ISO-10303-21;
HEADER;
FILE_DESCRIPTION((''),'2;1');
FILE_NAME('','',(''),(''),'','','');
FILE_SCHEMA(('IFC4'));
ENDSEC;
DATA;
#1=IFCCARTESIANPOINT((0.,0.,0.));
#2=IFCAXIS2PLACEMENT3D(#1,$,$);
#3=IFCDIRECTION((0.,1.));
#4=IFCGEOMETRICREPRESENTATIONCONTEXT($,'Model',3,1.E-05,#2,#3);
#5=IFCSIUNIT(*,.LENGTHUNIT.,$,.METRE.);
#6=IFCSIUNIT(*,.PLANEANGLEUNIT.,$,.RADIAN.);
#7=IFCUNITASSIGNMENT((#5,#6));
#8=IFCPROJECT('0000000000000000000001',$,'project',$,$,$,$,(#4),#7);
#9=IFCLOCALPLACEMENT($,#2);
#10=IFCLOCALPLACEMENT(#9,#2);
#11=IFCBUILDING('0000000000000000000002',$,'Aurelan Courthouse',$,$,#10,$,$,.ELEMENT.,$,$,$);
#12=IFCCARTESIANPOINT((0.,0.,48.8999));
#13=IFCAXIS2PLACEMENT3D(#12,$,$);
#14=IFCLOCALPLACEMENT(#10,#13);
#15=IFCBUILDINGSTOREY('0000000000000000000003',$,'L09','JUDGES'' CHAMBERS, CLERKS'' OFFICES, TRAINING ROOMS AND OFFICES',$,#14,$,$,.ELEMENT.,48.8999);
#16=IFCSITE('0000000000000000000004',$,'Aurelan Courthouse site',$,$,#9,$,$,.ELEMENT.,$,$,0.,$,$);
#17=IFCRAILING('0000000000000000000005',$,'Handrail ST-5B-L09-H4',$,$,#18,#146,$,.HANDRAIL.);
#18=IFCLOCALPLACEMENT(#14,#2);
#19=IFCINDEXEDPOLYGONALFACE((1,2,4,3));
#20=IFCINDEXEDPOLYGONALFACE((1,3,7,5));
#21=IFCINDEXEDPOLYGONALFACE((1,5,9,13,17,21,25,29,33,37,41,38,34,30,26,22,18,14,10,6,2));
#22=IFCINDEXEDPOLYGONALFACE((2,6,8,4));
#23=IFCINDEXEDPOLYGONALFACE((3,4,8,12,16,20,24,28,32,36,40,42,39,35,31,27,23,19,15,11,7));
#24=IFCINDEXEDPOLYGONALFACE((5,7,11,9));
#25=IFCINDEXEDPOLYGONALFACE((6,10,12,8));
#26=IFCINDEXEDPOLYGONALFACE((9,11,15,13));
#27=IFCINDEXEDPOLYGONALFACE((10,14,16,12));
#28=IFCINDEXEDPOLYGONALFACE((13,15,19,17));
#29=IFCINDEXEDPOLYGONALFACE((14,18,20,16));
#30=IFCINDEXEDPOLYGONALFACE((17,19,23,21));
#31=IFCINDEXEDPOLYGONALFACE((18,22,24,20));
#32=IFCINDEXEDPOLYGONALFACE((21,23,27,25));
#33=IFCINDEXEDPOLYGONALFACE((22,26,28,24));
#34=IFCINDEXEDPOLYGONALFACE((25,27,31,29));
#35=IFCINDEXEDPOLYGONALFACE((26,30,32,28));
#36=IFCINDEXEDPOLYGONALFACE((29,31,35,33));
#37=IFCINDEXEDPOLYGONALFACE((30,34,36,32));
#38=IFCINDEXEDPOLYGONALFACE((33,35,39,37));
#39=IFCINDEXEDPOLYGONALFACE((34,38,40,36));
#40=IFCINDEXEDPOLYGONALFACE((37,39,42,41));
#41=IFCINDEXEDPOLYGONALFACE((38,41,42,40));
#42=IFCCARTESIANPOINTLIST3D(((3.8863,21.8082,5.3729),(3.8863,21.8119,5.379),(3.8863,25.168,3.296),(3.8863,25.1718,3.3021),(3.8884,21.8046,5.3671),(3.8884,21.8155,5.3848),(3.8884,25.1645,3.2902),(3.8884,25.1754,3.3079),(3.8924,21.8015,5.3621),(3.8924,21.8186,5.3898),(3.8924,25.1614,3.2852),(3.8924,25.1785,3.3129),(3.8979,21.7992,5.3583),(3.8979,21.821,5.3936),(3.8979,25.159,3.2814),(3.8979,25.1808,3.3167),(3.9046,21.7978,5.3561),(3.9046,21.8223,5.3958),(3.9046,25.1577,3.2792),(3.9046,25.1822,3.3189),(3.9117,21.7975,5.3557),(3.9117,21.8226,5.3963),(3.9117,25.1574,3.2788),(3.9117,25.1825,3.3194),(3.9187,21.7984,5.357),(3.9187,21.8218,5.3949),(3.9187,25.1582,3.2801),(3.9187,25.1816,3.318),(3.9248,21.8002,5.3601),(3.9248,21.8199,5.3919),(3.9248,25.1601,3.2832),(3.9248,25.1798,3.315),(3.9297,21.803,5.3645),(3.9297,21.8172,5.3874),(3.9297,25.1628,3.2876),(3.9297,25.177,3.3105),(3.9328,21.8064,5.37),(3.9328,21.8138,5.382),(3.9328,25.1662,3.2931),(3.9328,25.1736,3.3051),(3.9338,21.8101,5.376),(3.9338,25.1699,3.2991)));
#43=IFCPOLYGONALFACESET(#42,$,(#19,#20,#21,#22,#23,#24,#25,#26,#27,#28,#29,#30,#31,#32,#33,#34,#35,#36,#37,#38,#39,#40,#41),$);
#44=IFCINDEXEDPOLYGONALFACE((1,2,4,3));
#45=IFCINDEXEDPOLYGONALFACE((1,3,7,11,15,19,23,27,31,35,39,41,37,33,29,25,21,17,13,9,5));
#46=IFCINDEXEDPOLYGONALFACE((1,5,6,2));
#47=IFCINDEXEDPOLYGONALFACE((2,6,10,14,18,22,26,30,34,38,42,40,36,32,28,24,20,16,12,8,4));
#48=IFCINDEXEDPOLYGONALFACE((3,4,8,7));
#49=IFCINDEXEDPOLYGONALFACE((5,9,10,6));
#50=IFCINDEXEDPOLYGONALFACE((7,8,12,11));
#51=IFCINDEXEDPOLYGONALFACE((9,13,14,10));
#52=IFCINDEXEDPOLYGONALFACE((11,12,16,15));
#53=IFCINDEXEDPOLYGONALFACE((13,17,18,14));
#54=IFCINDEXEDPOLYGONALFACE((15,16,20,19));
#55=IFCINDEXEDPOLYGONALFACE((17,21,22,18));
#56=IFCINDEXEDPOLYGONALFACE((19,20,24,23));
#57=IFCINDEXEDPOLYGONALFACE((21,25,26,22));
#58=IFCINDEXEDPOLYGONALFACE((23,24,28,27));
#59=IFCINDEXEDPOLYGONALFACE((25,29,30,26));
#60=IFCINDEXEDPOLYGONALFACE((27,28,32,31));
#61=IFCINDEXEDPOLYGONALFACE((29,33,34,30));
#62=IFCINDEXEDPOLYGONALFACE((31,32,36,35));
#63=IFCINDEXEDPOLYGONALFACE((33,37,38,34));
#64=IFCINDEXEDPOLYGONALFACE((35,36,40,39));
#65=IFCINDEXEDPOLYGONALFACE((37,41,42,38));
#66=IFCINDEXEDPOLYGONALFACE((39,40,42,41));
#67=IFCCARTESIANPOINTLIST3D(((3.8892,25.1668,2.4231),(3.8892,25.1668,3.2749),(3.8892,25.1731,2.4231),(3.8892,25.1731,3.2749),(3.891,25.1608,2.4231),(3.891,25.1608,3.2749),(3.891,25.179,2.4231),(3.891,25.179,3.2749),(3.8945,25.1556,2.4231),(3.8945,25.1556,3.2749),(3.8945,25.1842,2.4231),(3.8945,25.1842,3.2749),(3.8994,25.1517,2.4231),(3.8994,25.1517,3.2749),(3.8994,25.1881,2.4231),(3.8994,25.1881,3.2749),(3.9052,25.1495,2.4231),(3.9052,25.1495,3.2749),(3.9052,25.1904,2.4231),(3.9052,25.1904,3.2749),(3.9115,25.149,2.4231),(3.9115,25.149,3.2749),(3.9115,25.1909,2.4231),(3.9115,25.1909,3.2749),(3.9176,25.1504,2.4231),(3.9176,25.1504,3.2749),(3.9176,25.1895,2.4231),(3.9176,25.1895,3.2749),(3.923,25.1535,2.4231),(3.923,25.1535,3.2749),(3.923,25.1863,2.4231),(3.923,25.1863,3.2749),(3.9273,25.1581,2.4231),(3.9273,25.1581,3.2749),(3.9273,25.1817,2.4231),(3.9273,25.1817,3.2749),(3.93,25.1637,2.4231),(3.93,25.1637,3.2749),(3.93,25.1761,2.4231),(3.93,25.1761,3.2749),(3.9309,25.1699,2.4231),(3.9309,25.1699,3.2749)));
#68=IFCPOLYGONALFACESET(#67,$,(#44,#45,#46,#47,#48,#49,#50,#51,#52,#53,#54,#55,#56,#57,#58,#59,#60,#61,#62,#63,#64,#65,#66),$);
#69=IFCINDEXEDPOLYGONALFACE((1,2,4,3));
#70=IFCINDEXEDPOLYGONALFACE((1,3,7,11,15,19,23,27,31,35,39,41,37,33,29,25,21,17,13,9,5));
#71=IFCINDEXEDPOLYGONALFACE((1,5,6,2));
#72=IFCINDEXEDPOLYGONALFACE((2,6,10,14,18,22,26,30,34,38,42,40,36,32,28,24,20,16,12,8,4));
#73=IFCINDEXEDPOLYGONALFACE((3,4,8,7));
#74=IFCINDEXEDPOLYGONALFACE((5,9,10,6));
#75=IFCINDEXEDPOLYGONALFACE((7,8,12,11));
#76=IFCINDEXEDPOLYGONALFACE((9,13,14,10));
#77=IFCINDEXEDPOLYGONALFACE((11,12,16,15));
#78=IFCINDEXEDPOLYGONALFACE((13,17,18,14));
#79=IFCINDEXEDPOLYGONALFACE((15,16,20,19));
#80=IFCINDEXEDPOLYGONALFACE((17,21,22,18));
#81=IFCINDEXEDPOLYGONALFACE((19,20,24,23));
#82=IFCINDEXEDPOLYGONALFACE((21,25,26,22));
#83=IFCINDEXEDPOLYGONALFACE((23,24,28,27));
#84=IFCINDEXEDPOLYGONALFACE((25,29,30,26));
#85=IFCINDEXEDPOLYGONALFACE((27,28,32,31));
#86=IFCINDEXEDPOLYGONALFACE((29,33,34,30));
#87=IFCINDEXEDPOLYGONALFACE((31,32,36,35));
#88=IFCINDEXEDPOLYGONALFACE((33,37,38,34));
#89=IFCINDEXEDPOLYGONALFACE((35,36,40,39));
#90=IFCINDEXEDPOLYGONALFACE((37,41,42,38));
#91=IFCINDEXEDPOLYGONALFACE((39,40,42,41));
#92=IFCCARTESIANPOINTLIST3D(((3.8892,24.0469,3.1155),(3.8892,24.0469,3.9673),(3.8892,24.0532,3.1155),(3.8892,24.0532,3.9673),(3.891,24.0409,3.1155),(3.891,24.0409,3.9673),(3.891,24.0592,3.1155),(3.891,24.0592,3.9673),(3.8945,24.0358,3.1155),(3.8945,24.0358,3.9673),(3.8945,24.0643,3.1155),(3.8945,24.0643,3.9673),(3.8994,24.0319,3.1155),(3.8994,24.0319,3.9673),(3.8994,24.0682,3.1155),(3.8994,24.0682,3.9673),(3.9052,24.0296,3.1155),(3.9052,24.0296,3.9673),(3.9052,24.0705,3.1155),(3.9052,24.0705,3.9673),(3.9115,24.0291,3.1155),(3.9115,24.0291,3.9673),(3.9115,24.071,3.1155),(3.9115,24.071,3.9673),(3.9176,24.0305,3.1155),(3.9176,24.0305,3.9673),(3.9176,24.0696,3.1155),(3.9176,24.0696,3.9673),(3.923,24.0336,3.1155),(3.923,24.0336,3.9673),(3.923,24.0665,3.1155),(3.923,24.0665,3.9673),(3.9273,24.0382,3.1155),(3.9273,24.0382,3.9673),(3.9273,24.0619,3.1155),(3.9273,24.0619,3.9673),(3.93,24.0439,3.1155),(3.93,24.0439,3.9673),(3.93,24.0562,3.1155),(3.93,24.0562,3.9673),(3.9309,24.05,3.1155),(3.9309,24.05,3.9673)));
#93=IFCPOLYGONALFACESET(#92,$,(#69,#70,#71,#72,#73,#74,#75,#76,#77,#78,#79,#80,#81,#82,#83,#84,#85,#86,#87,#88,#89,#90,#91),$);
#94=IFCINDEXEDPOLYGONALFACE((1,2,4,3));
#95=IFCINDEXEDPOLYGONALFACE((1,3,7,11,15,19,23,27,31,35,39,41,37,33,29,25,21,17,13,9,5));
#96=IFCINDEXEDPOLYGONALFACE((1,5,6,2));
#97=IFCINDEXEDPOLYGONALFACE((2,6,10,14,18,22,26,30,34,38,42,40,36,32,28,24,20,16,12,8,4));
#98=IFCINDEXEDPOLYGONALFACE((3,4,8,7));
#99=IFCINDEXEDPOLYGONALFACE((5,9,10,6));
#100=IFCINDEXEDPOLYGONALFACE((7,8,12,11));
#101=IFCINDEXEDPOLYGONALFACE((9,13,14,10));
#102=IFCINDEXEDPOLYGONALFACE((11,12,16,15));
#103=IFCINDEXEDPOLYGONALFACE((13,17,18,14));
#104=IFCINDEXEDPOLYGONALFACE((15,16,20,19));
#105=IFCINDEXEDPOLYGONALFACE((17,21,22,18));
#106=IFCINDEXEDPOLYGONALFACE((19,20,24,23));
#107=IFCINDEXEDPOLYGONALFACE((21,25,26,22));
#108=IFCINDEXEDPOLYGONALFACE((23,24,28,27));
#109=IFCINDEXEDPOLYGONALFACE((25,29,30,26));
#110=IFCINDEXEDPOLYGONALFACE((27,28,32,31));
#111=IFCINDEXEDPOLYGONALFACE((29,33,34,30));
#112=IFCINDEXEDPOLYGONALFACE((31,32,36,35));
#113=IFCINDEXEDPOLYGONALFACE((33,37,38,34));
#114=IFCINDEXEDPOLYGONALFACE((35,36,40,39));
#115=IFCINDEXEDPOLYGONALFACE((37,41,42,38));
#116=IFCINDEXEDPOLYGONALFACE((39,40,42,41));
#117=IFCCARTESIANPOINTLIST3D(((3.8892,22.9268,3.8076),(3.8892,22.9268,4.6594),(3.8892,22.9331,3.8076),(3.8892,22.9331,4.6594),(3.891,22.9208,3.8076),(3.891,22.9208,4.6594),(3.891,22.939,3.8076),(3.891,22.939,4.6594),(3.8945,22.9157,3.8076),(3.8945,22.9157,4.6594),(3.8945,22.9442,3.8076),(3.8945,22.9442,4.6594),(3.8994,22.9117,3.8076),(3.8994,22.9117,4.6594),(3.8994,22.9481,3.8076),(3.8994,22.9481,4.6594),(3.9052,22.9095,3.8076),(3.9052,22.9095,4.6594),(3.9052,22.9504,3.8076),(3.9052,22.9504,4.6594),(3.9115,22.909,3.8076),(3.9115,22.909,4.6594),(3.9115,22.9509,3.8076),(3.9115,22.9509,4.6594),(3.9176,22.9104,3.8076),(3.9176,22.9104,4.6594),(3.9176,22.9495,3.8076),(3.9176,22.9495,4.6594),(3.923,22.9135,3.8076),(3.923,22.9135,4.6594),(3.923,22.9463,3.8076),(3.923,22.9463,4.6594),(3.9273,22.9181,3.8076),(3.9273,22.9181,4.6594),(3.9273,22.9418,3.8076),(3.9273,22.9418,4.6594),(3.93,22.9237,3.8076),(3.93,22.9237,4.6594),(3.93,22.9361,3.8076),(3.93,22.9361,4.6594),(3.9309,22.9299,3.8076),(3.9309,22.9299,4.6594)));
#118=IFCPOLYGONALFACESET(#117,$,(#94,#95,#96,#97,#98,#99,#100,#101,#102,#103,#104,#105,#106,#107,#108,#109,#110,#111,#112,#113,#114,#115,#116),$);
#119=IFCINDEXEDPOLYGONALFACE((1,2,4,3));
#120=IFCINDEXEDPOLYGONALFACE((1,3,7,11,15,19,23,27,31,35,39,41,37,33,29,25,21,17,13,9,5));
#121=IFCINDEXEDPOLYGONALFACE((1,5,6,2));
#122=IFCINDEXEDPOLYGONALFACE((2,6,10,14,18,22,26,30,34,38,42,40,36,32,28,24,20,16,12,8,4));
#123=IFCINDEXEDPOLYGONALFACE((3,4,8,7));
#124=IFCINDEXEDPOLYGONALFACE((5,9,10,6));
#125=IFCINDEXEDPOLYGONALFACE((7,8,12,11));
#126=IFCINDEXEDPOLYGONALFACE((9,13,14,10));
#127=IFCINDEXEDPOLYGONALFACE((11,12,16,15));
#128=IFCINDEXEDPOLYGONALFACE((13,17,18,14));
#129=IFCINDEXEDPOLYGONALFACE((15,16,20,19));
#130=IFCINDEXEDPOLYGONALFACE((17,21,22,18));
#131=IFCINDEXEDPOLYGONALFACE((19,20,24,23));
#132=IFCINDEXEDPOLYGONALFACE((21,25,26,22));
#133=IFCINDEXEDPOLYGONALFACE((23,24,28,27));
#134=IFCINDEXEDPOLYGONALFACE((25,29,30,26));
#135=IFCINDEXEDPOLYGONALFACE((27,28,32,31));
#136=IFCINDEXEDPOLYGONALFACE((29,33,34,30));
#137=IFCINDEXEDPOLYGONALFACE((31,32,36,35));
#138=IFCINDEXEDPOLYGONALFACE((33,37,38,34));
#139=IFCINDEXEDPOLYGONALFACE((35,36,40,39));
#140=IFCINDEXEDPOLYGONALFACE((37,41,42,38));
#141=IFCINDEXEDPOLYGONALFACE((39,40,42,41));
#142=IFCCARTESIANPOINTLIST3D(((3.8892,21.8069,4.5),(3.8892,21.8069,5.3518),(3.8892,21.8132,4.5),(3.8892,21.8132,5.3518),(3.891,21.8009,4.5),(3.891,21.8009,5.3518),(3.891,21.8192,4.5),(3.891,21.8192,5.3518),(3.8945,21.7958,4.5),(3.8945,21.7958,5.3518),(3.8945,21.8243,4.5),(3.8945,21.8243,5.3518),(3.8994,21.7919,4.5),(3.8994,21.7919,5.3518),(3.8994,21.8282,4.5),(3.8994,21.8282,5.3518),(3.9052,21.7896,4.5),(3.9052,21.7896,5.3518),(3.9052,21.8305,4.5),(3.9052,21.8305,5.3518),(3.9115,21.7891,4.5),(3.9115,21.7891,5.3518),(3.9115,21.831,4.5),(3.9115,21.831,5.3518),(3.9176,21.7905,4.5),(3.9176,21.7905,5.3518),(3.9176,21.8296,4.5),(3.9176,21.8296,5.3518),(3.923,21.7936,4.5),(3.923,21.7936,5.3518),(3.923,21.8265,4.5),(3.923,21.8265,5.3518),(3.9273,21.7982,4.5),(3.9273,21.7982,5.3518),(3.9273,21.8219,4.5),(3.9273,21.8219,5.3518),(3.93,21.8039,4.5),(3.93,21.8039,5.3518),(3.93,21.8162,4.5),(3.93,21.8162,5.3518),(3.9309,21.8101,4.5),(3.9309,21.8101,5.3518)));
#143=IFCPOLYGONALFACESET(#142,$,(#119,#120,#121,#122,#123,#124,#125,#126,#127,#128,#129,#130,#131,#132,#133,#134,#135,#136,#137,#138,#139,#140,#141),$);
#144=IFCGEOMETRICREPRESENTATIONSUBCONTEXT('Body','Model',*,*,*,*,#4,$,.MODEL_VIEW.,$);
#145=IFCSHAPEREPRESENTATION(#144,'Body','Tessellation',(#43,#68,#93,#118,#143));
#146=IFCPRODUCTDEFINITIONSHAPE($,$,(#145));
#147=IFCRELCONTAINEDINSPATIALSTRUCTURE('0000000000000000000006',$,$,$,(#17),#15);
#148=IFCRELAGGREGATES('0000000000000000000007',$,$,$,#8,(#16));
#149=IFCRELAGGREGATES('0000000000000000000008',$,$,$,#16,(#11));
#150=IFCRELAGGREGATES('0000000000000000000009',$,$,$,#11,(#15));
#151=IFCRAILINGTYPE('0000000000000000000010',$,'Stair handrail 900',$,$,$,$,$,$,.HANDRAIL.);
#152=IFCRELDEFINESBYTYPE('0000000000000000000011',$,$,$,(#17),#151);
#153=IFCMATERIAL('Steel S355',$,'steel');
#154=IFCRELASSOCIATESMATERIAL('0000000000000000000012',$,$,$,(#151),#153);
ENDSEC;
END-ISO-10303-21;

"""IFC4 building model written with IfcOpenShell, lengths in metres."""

from ifc_helpers import new_model, si_unit, direction, frame, origin, origin_2d, place, context, subcontext, project, spatial, circle, extrude, material, type_object, element, save


model = new_model("IFC4")

# Units and contexts
model_context = context("Model", 3, precision=1e-05, world=origin(), true_north=direction((0.0, 1.0)))
body_context = subcontext(model_context, "Body", "Model", "MODEL_VIEW")
ifc_project = project(units=[si_unit("LENGTHUNIT", "METRE"), si_unit("PLANEANGLEUNIT", "RADIAN")], contexts=[model_context])

# Site, building, storey
site_placement = place(None, origin())
site = spatial("IfcSite", under=ifc_project, at=site_placement, Name="Aurelan Courthouse site", CompositionType="ELEMENT", RefElevation=0.0)
building_placement = place(site_placement, origin())
building = spatial("IfcBuilding", under=site, at=building_placement, Name="Aurelan Courthouse", CompositionType="ELEMENT")
storey_placement = place(building_placement, frame((0.0, 0.0, 48.8999)))
storey = spatial("IfcBuildingStorey", under=building, at=storey_placement, Name="L09", Description="JUDGES' CHAMBERS, CLERKS' OFFICES, TRAINING ROOMS AND OFFICES", CompositionType="ELEMENT", Elevation=48.8999)

# Railing
ifc_material_1 = material(Name="Steel S355", Category="steel")
railing_type_1 = type_object("IfcRailingType", Name="Stair handrail 900", PredefinedType="HANDRAIL", material=ifc_material_1)
for number, where, name in (
    (1, (3.9099, 25.1699, 2.4231), "Handrail ST-5B-L09-H4"),
):
    element("IfcRailing", number, at=place(storey_placement, frame(where)), inside=storey, type_object=railing_type_1, Name=name, PredefinedType="HANDRAIL", context=body_context, shape_type="SweptSolid", body=[
        extrude(circle(Radius=0.0239, at=origin_2d()), frame((0.0, 0.0, 0.876), z_axis=(0.0, -0.850606, 0.525803), x_axis=(1.0, 0.0, 0.0)), (0.0, 0.0, 1.0), 3.95),
        extrude(circle(Radius=0.021, at=origin_2d()), origin(), (0.0, 0.0, 1.0), 0.8518),
        extrude(circle(Radius=0.021, at=origin_2d()), frame((0.0, -1.1199, 0.6924)), (0.0, 0.0, 1.0), 0.8518),
        extrude(circle(Radius=0.021, at=origin_2d()), frame((0.0, -2.24, 1.3845)), (0.0, 0.0, 1.0), 0.8518),
        extrude(circle(Radius=0.021, at=origin_2d()), frame((0.0, -3.3599, 2.0769)), (0.0, 0.0, 1.0), 0.8518),
    ])

save(model, "model.ifc")
